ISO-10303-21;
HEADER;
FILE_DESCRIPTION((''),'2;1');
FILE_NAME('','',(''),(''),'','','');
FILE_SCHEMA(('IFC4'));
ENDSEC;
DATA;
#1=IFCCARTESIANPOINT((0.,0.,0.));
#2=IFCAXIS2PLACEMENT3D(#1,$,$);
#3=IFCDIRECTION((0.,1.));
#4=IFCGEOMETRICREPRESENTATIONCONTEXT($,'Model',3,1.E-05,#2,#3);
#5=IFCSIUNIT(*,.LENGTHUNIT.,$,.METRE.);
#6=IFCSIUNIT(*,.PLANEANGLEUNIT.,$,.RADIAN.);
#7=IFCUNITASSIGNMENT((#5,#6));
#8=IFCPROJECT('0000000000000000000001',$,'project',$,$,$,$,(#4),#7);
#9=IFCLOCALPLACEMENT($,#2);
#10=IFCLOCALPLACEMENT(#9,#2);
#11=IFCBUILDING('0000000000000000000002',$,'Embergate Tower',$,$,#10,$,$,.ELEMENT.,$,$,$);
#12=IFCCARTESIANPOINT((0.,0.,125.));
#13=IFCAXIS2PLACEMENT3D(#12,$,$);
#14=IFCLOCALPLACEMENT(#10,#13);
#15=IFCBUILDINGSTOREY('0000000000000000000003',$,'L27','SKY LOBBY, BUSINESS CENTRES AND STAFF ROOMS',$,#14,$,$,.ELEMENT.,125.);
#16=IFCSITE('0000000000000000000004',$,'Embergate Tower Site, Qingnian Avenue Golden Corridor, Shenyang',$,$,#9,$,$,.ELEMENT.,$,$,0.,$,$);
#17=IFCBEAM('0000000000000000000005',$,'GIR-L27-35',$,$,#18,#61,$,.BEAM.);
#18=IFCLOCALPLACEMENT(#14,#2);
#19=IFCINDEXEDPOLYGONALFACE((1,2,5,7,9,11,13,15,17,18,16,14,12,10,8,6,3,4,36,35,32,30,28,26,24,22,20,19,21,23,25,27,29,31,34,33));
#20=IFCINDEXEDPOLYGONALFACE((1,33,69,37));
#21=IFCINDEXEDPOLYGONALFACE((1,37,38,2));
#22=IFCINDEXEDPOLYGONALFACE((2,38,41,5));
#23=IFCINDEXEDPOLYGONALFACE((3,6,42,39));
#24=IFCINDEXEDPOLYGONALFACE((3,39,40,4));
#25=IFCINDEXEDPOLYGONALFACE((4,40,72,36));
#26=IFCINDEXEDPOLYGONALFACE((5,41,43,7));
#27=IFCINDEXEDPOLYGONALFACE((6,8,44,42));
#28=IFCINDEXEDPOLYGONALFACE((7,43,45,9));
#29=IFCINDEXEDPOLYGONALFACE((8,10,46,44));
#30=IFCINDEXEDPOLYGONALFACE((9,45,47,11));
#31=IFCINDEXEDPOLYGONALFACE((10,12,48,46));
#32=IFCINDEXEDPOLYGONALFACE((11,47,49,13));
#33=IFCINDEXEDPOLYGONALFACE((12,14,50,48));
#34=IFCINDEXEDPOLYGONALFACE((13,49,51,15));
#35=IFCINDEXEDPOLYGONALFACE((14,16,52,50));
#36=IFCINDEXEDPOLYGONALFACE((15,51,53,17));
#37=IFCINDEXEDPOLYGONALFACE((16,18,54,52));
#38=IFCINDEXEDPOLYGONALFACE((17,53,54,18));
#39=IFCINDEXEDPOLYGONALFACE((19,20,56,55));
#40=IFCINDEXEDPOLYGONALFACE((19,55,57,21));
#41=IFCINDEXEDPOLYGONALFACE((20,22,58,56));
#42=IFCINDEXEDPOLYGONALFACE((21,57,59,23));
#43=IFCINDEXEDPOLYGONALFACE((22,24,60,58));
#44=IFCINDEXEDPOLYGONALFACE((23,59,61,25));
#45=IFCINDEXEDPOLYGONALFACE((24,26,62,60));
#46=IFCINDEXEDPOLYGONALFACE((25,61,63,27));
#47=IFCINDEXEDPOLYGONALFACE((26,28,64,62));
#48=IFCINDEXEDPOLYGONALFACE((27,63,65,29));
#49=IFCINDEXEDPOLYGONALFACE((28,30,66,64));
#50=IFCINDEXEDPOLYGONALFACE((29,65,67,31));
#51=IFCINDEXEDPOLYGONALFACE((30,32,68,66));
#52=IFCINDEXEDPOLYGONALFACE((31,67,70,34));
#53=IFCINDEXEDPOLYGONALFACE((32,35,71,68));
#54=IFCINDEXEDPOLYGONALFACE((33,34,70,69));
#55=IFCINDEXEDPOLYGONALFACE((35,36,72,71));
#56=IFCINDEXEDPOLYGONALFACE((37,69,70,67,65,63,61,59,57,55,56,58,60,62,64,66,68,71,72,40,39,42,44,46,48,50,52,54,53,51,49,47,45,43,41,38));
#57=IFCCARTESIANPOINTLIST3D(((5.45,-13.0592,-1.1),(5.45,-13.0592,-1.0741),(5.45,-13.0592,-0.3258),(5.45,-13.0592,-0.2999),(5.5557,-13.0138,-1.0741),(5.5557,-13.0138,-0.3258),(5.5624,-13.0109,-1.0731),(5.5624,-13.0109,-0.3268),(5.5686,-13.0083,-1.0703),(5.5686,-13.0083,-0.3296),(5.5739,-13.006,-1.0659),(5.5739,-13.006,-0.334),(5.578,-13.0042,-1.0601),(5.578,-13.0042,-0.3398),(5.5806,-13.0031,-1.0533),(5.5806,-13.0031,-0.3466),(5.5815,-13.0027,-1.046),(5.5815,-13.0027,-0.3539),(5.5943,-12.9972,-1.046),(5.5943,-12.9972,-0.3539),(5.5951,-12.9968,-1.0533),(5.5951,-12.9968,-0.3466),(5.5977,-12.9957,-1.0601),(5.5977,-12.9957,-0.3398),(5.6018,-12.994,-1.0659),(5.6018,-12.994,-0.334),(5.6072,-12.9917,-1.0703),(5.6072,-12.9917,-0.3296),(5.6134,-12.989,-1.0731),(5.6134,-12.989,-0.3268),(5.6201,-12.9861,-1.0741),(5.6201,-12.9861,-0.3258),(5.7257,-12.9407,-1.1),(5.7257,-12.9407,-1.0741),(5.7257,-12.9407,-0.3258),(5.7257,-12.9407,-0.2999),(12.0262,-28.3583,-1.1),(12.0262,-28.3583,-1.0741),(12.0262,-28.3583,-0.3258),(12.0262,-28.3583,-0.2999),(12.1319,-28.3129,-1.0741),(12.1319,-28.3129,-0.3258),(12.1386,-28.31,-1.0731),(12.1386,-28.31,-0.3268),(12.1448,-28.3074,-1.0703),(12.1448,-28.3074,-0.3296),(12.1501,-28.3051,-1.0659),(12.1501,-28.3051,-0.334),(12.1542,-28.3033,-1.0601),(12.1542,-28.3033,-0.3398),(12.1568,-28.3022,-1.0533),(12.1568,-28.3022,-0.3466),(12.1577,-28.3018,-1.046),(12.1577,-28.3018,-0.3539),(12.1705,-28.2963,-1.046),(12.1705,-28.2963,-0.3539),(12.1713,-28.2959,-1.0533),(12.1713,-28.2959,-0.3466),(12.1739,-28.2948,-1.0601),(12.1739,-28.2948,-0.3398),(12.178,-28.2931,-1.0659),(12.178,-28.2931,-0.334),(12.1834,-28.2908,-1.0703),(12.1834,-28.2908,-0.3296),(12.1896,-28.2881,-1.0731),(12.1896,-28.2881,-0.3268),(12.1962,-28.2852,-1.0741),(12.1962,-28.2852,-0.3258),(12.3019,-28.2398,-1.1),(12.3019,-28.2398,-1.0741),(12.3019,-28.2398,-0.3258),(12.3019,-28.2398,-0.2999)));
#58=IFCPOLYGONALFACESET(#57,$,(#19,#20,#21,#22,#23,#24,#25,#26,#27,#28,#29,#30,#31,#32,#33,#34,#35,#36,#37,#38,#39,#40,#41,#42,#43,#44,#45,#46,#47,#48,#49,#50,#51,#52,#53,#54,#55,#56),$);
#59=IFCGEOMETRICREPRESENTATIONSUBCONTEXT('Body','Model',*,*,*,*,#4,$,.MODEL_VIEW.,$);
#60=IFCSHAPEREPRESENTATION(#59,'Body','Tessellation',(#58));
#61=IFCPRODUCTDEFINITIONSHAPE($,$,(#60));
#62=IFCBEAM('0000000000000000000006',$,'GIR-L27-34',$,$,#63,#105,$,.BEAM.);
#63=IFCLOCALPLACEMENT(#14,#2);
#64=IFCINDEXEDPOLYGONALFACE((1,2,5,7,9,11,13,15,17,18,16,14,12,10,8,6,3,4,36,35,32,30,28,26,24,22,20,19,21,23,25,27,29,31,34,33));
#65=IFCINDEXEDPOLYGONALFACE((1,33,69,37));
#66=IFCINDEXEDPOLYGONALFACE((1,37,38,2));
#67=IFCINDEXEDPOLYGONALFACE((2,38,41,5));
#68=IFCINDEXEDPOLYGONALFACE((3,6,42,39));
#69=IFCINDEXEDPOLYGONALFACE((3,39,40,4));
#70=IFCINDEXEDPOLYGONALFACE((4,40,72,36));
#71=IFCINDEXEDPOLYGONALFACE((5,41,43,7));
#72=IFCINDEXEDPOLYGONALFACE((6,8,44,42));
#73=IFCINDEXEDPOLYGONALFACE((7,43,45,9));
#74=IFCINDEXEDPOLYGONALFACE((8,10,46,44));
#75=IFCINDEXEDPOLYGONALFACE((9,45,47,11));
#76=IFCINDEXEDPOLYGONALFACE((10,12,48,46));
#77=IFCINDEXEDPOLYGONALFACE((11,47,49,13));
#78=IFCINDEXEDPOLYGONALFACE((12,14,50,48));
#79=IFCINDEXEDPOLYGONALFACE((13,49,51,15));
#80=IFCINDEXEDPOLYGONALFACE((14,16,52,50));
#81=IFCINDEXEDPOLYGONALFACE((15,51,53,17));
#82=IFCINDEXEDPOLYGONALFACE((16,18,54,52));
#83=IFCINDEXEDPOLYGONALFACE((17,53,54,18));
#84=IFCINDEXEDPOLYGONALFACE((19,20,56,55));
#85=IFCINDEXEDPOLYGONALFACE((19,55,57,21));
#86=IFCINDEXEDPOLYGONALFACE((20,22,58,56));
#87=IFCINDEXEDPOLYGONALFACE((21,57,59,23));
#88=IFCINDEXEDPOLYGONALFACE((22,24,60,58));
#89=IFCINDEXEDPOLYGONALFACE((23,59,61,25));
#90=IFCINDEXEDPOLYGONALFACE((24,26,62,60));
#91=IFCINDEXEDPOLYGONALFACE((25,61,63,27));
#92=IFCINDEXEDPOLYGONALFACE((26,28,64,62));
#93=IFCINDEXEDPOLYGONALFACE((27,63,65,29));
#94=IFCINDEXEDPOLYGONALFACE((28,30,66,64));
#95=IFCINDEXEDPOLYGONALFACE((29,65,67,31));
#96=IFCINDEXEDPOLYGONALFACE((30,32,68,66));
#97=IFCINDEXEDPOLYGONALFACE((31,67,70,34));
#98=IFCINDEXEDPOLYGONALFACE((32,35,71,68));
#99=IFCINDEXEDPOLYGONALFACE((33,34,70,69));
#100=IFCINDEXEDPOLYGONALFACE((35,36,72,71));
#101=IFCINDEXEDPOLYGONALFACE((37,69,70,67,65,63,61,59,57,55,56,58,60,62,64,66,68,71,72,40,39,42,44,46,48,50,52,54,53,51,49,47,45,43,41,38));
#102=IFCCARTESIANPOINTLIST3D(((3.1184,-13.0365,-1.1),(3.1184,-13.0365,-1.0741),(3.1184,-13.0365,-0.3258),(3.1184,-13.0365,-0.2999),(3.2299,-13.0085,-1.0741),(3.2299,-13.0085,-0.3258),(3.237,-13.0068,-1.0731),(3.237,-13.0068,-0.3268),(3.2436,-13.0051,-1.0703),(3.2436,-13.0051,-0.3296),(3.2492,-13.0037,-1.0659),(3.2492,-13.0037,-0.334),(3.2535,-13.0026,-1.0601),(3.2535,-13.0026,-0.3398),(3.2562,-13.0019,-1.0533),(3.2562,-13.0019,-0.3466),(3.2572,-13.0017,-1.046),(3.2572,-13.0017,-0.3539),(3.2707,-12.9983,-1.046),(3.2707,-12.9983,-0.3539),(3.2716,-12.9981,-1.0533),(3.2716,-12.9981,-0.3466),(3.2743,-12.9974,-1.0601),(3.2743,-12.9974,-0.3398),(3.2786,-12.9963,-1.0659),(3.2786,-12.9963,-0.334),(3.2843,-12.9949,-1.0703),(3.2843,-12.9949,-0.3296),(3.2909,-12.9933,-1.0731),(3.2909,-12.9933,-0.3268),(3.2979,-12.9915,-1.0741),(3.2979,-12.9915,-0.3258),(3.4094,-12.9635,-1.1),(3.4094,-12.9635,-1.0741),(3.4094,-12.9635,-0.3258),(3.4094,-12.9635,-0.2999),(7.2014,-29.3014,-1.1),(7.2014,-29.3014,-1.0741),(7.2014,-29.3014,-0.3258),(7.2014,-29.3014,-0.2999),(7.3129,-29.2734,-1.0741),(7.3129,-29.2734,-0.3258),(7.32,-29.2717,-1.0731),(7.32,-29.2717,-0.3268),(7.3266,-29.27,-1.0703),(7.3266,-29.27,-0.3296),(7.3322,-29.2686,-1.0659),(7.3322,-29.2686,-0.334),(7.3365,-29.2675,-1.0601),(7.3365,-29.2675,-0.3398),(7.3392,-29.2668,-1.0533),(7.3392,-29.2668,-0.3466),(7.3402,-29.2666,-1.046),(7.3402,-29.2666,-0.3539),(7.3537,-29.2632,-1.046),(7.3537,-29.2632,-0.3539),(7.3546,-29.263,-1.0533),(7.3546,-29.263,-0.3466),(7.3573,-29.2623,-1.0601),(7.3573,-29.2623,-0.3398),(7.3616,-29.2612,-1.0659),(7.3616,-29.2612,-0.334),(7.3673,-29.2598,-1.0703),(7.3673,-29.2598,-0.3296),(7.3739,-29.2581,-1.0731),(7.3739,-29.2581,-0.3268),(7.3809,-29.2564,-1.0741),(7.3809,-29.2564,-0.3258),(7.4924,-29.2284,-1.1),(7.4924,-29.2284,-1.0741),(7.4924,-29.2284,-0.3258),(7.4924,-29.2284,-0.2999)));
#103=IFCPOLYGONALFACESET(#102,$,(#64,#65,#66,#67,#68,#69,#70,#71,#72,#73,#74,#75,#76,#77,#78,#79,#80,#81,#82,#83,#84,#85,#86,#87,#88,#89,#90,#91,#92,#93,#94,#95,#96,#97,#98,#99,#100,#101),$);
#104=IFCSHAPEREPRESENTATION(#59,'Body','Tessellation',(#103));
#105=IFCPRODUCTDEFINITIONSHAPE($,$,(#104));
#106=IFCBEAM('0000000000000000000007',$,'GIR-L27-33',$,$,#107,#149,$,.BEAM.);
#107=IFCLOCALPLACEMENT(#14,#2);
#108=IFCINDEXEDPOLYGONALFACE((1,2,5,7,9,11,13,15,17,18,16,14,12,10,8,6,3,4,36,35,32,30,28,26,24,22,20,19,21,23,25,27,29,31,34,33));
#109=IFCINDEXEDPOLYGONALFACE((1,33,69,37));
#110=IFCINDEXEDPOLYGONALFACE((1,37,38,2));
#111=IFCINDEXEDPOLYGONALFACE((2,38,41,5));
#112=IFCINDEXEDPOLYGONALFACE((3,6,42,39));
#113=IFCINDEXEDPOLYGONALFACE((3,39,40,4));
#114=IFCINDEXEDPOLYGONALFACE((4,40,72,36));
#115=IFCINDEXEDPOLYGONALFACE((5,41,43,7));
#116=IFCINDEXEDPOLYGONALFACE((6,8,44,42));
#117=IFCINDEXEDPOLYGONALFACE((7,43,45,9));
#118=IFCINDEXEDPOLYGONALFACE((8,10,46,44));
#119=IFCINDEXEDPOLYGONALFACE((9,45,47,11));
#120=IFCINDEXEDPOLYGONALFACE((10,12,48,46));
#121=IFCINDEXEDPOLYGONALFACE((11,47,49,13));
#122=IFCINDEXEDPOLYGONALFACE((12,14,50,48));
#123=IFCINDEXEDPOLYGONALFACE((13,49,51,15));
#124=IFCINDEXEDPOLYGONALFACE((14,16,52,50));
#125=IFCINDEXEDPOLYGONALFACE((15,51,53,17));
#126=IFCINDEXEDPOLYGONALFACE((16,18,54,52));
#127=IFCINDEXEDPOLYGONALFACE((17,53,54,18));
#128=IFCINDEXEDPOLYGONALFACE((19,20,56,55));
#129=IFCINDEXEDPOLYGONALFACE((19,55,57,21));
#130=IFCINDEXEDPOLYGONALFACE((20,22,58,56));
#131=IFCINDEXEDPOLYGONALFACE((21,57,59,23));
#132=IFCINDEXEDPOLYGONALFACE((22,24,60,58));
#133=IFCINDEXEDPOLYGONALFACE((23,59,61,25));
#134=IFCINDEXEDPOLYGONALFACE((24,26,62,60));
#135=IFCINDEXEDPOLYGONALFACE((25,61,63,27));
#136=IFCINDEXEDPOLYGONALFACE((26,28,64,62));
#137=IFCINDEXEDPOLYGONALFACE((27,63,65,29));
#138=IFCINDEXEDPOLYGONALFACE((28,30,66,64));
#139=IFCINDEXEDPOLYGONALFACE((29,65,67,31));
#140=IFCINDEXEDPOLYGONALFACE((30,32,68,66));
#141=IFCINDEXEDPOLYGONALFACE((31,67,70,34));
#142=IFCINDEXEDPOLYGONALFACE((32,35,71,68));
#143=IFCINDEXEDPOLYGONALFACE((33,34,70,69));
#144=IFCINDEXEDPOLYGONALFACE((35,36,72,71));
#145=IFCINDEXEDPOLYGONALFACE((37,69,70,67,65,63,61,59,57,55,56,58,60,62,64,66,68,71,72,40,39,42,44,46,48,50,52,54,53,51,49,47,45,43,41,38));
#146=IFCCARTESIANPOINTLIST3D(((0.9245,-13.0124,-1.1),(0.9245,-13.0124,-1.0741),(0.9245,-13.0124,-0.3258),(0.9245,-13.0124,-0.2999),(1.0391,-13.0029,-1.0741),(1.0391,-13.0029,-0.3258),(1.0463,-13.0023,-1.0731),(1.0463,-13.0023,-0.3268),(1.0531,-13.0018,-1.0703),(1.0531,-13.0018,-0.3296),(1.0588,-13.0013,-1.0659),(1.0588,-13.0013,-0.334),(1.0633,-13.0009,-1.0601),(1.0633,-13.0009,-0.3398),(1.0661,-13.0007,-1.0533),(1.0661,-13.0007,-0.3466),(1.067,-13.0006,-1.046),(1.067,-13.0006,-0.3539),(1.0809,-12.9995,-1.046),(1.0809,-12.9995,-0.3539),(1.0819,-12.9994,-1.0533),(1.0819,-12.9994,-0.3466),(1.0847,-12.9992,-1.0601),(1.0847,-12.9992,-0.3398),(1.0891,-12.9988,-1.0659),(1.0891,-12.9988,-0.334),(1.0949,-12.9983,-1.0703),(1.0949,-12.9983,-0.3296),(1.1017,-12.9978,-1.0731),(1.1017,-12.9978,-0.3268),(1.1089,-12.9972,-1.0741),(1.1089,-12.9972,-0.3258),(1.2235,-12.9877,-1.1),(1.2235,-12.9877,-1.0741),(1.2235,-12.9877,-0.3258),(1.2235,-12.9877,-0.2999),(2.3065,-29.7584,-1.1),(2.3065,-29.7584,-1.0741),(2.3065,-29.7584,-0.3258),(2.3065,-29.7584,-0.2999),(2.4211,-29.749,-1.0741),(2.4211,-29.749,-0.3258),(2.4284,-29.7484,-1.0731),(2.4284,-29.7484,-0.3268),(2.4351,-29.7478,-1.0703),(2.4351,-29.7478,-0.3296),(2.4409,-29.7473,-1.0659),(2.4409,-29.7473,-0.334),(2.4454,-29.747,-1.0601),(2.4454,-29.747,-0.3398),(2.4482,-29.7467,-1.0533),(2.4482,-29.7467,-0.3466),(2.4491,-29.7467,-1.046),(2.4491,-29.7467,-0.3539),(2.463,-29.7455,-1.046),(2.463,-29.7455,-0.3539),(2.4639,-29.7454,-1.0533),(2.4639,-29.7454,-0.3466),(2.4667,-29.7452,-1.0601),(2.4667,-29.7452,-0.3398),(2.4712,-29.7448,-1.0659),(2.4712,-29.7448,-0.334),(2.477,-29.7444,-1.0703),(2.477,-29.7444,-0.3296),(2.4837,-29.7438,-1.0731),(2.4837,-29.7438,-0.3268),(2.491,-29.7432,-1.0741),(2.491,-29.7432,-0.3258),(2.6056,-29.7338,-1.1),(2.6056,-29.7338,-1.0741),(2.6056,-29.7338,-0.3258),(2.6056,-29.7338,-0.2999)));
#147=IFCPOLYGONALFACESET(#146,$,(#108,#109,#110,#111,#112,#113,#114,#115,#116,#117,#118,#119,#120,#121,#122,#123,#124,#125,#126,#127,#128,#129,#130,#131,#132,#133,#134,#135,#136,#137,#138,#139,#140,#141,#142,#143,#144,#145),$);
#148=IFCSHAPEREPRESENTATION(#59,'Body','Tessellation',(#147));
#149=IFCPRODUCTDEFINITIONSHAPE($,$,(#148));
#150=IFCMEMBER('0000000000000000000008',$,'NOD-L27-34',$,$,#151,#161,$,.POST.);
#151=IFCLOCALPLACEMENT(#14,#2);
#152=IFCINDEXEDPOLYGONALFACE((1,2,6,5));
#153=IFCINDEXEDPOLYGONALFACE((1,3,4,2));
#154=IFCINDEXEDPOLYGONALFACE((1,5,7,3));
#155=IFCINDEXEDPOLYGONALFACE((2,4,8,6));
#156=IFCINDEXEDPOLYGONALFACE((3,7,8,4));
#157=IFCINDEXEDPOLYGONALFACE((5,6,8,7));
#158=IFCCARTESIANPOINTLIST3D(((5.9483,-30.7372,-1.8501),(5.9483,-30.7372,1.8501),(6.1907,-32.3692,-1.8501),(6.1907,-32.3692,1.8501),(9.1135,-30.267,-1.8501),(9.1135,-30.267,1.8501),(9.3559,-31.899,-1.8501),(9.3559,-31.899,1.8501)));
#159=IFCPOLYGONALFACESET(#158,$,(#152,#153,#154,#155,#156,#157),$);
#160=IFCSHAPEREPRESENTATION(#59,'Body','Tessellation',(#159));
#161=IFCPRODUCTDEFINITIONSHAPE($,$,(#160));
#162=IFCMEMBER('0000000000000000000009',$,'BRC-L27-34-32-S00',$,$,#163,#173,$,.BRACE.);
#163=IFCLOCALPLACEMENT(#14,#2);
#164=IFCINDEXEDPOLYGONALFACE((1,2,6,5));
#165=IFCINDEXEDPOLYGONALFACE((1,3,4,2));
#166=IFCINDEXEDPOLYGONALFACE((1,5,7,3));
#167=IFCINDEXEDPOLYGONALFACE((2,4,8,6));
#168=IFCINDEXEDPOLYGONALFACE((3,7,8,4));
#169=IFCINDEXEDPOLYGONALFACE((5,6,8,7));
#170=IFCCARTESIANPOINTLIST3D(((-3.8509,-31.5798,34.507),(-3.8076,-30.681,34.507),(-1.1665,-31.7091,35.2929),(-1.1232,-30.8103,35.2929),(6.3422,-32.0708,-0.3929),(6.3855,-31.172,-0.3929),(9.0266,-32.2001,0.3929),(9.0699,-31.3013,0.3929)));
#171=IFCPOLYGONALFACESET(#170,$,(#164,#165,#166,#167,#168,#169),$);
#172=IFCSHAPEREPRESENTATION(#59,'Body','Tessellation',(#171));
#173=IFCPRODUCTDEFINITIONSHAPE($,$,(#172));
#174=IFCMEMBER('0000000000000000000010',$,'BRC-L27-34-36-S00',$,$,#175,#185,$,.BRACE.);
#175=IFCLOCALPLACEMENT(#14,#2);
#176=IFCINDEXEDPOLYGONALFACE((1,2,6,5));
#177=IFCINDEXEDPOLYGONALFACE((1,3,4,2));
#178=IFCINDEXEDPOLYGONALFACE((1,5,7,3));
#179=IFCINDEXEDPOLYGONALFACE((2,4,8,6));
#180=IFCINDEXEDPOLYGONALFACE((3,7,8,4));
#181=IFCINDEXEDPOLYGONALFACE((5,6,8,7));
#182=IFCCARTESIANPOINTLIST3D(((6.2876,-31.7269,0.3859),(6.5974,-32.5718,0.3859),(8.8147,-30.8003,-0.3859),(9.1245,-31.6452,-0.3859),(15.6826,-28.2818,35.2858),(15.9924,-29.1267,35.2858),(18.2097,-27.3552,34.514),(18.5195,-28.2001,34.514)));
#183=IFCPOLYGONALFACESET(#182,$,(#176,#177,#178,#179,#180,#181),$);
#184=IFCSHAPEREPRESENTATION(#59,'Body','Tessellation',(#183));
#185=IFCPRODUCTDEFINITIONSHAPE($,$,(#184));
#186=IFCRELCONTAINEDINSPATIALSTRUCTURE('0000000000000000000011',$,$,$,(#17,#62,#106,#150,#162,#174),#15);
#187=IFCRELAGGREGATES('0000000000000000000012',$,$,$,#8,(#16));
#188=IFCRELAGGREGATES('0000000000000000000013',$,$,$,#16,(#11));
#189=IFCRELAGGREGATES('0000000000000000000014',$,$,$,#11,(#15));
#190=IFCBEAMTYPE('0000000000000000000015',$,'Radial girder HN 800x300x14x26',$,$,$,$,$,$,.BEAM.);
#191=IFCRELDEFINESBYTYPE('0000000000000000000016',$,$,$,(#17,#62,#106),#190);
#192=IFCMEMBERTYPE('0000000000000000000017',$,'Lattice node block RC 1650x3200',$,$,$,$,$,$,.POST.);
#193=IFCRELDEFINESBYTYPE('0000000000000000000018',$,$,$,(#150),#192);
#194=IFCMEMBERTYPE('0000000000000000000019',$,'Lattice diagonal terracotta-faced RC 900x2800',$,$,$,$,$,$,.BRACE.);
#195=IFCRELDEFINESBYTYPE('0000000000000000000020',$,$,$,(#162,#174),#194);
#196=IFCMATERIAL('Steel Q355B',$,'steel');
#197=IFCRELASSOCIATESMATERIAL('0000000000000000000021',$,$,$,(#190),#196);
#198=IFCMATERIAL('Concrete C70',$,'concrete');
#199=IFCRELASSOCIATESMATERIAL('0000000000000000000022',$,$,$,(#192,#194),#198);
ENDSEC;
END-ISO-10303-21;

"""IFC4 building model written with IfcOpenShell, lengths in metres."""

from ifc_helpers import new_model, si_unit, direction, frame, origin, origin_2d, place, context, subcontext, project, spatial, rectangle, i_section, extrude, source, transform, mapped, material, material_profile, profile_set, type_object, element, save


model = new_model("IFC4")

# Units and contexts
model_context = context("Model", 3, precision=1e-05, world=origin(), true_north=direction((0.0, 1.0)))
body_context = subcontext(model_context, "Body", "Model", "MODEL_VIEW")
ifc_project = project(units=[si_unit("LENGTHUNIT", "METRE"), si_unit("PLANEANGLEUNIT", "RADIAN")], contexts=[model_context])

# Site, building, storey
site_placement = place(None, origin())
site = spatial("IfcSite", under=ifc_project, at=site_placement, Name="Embergate Tower Site, Qingnian Avenue Golden Corridor, Shenyang", CompositionType="ELEMENT", RefElevation=0.0)
building_placement = place(site_placement, origin())
building = spatial("IfcBuilding", under=site, at=building_placement, Name="Embergate Tower", CompositionType="ELEMENT")
storey_placement = place(building_placement, frame((0.0, 0.0, 125.0)))
storey = spatial("IfcBuildingStorey", under=building, at=storey_placement, Name="L27", Description="SKY LOBBY, BUSINESS CENTRES AND STAFF ROOMS", CompositionType="ELEMENT", Elevation=125.0)

# Shared definitions
ifc_material_1 = material(Name="Concrete C70", Category="concrete")

# Beams
ifc_material_2 = material(Name="Steel Q355B", Category="steel")
ifc_material_profile_1 = material_profile(ifc_material_2, i_section(OverallWidth=0.3, OverallDepth=0.8, WebThickness=0.0139, FlangeThickness=0.0259, FilletRadius=0.0281, at=origin_2d()), Name="HN 800x300x14x26")
ifc_profile_set_1 = profile_set([ifc_material_profile_1], Name="Steel Q355 grade B")
beam_type_1 = type_object("IfcBeamType", Name="Radial girder HN 800x300x14x26", PredefinedType="BEAM", material=ifc_profile_set_1)
shared_shape_1 = source(origin(), body_context, "Body", "SweptSolid", [
    extrude(i_section(OverallWidth=0.3, OverallDepth=0.8, WebThickness=0.0139, FlangeThickness=0.0259, FilletRadius=0.0281, at=origin_2d()), origin(), (0.0, 0.0, 1.0), 16.6526),
])
beam_1_placement = place(storey_placement, frame((12.1641, -28.2991, -0.7), z_axis=(-0.394905, 0.918722, 0.0), x_axis=(-0.918722, -0.394905, 0.0)))
element("IfcBeam", 1, at=beam_1_placement, inside=storey, type_object=beam_type_1, Name="GIR-L27-35", PredefinedType="BEAM", context=body_context, shape_type="MappedRepresentation", body=[
    mapped(shared_shape_1, transform((0.0, 0.0, 0.0))),
])
shared_shape_2 = source(origin(), body_context, "Body", "SweptSolid", [
    extrude(i_section(OverallWidth=0.3, OverallDepth=0.8, WebThickness=0.0139, FlangeThickness=0.0259, FilletRadius=0.0281, at=origin_2d()), origin(), (0.0, 0.0, 1.0), 16.7695),
])
beam_2_placement = place(storey_placement, frame((7.3469, -29.2649, -0.7), z_axis=(-0.243478, 0.969907, 0.0), x_axis=(-0.969907, -0.243478, 0.0)))
element("IfcBeam", 2, at=beam_2_placement, inside=storey, type_object=beam_type_1, Name="GIR-L27-34", PredefinedType="BEAM", context=body_context, shape_type="MappedRepresentation", body=[
    mapped(shared_shape_2, transform((0.0, 0.0, 0.0))),
])
shared_shape_3 = source(origin(), body_context, "Body", "SweptSolid", [
    extrude(i_section(OverallWidth=0.3, OverallDepth=0.8, WebThickness=0.0139, FlangeThickness=0.0259, FilletRadius=0.0281, at=origin_2d()), origin(), (0.0, 0.0, 1.0), 16.803),
])
beam_3_placement = place(storey_placement, frame((2.4561, -29.7461, -0.7), z_axis=(-0.082252, 0.996612, 0.0), x_axis=(-0.996612, -0.082252, 0.0)))
element("IfcBeam", 3, at=beam_3_placement, inside=storey, type_object=beam_type_1, Name="GIR-L27-33", PredefinedType="BEAM", context=body_context, shape_type="MappedRepresentation", body=[
    mapped(shared_shape_3, transform((0.0, 0.0, 0.0))),
])

# Members
ifc_material_profile_2 = material_profile(ifc_material_1, rectangle(XDim=1.6499, YDim=3.2, at=origin_2d()), Name="RC 1650x3200")
ifc_profile_set_2 = profile_set([ifc_material_profile_2], Name="Concrete C70")
member_type_1 = type_object("IfcMemberType", Name="Lattice node block RC 1650x3200", PredefinedType="POST", material=ifc_profile_set_2)
shared_shape_4 = source(origin(), body_context, "Body", "SweptSolid", [
    extrude(rectangle(XDim=1.6499, YDim=3.2, at=origin_2d()), origin(), (0.0, 0.0, 1.0), 3.7002),
])
member_1_placement = place(storey_placement, frame((7.6521, -31.3181, -1.8501), z_axis=(0.0, 0.0, 1.0), x_axis=(0.146929, -0.989147, 0.0)))
element("IfcMember", 4, at=member_1_placement, inside=storey, type_object=member_type_1, Name="NOD-L27-34", PredefinedType="POST", context=body_context, shape_type="MappedRepresentation", body=[
    mapped(shared_shape_4, transform((0.0, 0.0, 0.0))),
])
ifc_material_profile_3 = material_profile(ifc_material_1, rectangle(XDim=0.8999, YDim=2.8, at=origin_2d()), Name="RC 900x2800")
ifc_profile_set_3 = profile_set([ifc_material_profile_3], Name="Concrete C70")
member_type_2 = type_object("IfcMemberType", Name="Lattice diagonal terracotta-faced RC 900x2800", PredefinedType="BRACE", material=ifc_profile_set_3)
shared_shape_5 = source(origin(), body_context, "Body", "SweptSolid", [
    extrude(rectangle(XDim=0.8999, YDim=2.8, at=origin_2d()), origin(), (0.0, 0.0, 1.0), 36.3613),
])
member_2_placement = place(storey_placement, frame((7.7061, -31.686, 0.0), z_axis=(-0.280329, 0.013502, 0.959809), x_axis=(-0.048111, -0.998842, 0.0)))
element("IfcMember", 5, at=member_2_placement, inside=storey, type_object=member_type_2, Name="BRC-L27-34-32-S00", PredefinedType="BRACE", context=body_context, shape_type="MappedRepresentation", body=[
    mapped(shared_shape_5, transform((0.0, 0.0, 0.0))),
])
shared_shape_6 = source(origin(), body_context, "Body", "SweptSolid", [
    extrude(rectangle(XDim=0.8999, YDim=2.8, at=origin_2d()), origin(), (0.0, 0.0, 1.0), 36.3062),
])
member_3_placement = place(storey_placement, frame((7.7061, -31.686, 0.0), z_axis=(0.258772, 0.094889, 0.961266), x_axis=(-0.344275, 0.938869, 0.0)))
element("IfcMember", 6, at=member_3_placement, inside=storey, type_object=member_type_2, Name="BRC-L27-34-36-S00", PredefinedType="BRACE", context=body_context, shape_type="MappedRepresentation", body=[
    mapped(shared_shape_6, transform((0.0, 0.0, 0.0))),
])

save(model, "model.ifc")
